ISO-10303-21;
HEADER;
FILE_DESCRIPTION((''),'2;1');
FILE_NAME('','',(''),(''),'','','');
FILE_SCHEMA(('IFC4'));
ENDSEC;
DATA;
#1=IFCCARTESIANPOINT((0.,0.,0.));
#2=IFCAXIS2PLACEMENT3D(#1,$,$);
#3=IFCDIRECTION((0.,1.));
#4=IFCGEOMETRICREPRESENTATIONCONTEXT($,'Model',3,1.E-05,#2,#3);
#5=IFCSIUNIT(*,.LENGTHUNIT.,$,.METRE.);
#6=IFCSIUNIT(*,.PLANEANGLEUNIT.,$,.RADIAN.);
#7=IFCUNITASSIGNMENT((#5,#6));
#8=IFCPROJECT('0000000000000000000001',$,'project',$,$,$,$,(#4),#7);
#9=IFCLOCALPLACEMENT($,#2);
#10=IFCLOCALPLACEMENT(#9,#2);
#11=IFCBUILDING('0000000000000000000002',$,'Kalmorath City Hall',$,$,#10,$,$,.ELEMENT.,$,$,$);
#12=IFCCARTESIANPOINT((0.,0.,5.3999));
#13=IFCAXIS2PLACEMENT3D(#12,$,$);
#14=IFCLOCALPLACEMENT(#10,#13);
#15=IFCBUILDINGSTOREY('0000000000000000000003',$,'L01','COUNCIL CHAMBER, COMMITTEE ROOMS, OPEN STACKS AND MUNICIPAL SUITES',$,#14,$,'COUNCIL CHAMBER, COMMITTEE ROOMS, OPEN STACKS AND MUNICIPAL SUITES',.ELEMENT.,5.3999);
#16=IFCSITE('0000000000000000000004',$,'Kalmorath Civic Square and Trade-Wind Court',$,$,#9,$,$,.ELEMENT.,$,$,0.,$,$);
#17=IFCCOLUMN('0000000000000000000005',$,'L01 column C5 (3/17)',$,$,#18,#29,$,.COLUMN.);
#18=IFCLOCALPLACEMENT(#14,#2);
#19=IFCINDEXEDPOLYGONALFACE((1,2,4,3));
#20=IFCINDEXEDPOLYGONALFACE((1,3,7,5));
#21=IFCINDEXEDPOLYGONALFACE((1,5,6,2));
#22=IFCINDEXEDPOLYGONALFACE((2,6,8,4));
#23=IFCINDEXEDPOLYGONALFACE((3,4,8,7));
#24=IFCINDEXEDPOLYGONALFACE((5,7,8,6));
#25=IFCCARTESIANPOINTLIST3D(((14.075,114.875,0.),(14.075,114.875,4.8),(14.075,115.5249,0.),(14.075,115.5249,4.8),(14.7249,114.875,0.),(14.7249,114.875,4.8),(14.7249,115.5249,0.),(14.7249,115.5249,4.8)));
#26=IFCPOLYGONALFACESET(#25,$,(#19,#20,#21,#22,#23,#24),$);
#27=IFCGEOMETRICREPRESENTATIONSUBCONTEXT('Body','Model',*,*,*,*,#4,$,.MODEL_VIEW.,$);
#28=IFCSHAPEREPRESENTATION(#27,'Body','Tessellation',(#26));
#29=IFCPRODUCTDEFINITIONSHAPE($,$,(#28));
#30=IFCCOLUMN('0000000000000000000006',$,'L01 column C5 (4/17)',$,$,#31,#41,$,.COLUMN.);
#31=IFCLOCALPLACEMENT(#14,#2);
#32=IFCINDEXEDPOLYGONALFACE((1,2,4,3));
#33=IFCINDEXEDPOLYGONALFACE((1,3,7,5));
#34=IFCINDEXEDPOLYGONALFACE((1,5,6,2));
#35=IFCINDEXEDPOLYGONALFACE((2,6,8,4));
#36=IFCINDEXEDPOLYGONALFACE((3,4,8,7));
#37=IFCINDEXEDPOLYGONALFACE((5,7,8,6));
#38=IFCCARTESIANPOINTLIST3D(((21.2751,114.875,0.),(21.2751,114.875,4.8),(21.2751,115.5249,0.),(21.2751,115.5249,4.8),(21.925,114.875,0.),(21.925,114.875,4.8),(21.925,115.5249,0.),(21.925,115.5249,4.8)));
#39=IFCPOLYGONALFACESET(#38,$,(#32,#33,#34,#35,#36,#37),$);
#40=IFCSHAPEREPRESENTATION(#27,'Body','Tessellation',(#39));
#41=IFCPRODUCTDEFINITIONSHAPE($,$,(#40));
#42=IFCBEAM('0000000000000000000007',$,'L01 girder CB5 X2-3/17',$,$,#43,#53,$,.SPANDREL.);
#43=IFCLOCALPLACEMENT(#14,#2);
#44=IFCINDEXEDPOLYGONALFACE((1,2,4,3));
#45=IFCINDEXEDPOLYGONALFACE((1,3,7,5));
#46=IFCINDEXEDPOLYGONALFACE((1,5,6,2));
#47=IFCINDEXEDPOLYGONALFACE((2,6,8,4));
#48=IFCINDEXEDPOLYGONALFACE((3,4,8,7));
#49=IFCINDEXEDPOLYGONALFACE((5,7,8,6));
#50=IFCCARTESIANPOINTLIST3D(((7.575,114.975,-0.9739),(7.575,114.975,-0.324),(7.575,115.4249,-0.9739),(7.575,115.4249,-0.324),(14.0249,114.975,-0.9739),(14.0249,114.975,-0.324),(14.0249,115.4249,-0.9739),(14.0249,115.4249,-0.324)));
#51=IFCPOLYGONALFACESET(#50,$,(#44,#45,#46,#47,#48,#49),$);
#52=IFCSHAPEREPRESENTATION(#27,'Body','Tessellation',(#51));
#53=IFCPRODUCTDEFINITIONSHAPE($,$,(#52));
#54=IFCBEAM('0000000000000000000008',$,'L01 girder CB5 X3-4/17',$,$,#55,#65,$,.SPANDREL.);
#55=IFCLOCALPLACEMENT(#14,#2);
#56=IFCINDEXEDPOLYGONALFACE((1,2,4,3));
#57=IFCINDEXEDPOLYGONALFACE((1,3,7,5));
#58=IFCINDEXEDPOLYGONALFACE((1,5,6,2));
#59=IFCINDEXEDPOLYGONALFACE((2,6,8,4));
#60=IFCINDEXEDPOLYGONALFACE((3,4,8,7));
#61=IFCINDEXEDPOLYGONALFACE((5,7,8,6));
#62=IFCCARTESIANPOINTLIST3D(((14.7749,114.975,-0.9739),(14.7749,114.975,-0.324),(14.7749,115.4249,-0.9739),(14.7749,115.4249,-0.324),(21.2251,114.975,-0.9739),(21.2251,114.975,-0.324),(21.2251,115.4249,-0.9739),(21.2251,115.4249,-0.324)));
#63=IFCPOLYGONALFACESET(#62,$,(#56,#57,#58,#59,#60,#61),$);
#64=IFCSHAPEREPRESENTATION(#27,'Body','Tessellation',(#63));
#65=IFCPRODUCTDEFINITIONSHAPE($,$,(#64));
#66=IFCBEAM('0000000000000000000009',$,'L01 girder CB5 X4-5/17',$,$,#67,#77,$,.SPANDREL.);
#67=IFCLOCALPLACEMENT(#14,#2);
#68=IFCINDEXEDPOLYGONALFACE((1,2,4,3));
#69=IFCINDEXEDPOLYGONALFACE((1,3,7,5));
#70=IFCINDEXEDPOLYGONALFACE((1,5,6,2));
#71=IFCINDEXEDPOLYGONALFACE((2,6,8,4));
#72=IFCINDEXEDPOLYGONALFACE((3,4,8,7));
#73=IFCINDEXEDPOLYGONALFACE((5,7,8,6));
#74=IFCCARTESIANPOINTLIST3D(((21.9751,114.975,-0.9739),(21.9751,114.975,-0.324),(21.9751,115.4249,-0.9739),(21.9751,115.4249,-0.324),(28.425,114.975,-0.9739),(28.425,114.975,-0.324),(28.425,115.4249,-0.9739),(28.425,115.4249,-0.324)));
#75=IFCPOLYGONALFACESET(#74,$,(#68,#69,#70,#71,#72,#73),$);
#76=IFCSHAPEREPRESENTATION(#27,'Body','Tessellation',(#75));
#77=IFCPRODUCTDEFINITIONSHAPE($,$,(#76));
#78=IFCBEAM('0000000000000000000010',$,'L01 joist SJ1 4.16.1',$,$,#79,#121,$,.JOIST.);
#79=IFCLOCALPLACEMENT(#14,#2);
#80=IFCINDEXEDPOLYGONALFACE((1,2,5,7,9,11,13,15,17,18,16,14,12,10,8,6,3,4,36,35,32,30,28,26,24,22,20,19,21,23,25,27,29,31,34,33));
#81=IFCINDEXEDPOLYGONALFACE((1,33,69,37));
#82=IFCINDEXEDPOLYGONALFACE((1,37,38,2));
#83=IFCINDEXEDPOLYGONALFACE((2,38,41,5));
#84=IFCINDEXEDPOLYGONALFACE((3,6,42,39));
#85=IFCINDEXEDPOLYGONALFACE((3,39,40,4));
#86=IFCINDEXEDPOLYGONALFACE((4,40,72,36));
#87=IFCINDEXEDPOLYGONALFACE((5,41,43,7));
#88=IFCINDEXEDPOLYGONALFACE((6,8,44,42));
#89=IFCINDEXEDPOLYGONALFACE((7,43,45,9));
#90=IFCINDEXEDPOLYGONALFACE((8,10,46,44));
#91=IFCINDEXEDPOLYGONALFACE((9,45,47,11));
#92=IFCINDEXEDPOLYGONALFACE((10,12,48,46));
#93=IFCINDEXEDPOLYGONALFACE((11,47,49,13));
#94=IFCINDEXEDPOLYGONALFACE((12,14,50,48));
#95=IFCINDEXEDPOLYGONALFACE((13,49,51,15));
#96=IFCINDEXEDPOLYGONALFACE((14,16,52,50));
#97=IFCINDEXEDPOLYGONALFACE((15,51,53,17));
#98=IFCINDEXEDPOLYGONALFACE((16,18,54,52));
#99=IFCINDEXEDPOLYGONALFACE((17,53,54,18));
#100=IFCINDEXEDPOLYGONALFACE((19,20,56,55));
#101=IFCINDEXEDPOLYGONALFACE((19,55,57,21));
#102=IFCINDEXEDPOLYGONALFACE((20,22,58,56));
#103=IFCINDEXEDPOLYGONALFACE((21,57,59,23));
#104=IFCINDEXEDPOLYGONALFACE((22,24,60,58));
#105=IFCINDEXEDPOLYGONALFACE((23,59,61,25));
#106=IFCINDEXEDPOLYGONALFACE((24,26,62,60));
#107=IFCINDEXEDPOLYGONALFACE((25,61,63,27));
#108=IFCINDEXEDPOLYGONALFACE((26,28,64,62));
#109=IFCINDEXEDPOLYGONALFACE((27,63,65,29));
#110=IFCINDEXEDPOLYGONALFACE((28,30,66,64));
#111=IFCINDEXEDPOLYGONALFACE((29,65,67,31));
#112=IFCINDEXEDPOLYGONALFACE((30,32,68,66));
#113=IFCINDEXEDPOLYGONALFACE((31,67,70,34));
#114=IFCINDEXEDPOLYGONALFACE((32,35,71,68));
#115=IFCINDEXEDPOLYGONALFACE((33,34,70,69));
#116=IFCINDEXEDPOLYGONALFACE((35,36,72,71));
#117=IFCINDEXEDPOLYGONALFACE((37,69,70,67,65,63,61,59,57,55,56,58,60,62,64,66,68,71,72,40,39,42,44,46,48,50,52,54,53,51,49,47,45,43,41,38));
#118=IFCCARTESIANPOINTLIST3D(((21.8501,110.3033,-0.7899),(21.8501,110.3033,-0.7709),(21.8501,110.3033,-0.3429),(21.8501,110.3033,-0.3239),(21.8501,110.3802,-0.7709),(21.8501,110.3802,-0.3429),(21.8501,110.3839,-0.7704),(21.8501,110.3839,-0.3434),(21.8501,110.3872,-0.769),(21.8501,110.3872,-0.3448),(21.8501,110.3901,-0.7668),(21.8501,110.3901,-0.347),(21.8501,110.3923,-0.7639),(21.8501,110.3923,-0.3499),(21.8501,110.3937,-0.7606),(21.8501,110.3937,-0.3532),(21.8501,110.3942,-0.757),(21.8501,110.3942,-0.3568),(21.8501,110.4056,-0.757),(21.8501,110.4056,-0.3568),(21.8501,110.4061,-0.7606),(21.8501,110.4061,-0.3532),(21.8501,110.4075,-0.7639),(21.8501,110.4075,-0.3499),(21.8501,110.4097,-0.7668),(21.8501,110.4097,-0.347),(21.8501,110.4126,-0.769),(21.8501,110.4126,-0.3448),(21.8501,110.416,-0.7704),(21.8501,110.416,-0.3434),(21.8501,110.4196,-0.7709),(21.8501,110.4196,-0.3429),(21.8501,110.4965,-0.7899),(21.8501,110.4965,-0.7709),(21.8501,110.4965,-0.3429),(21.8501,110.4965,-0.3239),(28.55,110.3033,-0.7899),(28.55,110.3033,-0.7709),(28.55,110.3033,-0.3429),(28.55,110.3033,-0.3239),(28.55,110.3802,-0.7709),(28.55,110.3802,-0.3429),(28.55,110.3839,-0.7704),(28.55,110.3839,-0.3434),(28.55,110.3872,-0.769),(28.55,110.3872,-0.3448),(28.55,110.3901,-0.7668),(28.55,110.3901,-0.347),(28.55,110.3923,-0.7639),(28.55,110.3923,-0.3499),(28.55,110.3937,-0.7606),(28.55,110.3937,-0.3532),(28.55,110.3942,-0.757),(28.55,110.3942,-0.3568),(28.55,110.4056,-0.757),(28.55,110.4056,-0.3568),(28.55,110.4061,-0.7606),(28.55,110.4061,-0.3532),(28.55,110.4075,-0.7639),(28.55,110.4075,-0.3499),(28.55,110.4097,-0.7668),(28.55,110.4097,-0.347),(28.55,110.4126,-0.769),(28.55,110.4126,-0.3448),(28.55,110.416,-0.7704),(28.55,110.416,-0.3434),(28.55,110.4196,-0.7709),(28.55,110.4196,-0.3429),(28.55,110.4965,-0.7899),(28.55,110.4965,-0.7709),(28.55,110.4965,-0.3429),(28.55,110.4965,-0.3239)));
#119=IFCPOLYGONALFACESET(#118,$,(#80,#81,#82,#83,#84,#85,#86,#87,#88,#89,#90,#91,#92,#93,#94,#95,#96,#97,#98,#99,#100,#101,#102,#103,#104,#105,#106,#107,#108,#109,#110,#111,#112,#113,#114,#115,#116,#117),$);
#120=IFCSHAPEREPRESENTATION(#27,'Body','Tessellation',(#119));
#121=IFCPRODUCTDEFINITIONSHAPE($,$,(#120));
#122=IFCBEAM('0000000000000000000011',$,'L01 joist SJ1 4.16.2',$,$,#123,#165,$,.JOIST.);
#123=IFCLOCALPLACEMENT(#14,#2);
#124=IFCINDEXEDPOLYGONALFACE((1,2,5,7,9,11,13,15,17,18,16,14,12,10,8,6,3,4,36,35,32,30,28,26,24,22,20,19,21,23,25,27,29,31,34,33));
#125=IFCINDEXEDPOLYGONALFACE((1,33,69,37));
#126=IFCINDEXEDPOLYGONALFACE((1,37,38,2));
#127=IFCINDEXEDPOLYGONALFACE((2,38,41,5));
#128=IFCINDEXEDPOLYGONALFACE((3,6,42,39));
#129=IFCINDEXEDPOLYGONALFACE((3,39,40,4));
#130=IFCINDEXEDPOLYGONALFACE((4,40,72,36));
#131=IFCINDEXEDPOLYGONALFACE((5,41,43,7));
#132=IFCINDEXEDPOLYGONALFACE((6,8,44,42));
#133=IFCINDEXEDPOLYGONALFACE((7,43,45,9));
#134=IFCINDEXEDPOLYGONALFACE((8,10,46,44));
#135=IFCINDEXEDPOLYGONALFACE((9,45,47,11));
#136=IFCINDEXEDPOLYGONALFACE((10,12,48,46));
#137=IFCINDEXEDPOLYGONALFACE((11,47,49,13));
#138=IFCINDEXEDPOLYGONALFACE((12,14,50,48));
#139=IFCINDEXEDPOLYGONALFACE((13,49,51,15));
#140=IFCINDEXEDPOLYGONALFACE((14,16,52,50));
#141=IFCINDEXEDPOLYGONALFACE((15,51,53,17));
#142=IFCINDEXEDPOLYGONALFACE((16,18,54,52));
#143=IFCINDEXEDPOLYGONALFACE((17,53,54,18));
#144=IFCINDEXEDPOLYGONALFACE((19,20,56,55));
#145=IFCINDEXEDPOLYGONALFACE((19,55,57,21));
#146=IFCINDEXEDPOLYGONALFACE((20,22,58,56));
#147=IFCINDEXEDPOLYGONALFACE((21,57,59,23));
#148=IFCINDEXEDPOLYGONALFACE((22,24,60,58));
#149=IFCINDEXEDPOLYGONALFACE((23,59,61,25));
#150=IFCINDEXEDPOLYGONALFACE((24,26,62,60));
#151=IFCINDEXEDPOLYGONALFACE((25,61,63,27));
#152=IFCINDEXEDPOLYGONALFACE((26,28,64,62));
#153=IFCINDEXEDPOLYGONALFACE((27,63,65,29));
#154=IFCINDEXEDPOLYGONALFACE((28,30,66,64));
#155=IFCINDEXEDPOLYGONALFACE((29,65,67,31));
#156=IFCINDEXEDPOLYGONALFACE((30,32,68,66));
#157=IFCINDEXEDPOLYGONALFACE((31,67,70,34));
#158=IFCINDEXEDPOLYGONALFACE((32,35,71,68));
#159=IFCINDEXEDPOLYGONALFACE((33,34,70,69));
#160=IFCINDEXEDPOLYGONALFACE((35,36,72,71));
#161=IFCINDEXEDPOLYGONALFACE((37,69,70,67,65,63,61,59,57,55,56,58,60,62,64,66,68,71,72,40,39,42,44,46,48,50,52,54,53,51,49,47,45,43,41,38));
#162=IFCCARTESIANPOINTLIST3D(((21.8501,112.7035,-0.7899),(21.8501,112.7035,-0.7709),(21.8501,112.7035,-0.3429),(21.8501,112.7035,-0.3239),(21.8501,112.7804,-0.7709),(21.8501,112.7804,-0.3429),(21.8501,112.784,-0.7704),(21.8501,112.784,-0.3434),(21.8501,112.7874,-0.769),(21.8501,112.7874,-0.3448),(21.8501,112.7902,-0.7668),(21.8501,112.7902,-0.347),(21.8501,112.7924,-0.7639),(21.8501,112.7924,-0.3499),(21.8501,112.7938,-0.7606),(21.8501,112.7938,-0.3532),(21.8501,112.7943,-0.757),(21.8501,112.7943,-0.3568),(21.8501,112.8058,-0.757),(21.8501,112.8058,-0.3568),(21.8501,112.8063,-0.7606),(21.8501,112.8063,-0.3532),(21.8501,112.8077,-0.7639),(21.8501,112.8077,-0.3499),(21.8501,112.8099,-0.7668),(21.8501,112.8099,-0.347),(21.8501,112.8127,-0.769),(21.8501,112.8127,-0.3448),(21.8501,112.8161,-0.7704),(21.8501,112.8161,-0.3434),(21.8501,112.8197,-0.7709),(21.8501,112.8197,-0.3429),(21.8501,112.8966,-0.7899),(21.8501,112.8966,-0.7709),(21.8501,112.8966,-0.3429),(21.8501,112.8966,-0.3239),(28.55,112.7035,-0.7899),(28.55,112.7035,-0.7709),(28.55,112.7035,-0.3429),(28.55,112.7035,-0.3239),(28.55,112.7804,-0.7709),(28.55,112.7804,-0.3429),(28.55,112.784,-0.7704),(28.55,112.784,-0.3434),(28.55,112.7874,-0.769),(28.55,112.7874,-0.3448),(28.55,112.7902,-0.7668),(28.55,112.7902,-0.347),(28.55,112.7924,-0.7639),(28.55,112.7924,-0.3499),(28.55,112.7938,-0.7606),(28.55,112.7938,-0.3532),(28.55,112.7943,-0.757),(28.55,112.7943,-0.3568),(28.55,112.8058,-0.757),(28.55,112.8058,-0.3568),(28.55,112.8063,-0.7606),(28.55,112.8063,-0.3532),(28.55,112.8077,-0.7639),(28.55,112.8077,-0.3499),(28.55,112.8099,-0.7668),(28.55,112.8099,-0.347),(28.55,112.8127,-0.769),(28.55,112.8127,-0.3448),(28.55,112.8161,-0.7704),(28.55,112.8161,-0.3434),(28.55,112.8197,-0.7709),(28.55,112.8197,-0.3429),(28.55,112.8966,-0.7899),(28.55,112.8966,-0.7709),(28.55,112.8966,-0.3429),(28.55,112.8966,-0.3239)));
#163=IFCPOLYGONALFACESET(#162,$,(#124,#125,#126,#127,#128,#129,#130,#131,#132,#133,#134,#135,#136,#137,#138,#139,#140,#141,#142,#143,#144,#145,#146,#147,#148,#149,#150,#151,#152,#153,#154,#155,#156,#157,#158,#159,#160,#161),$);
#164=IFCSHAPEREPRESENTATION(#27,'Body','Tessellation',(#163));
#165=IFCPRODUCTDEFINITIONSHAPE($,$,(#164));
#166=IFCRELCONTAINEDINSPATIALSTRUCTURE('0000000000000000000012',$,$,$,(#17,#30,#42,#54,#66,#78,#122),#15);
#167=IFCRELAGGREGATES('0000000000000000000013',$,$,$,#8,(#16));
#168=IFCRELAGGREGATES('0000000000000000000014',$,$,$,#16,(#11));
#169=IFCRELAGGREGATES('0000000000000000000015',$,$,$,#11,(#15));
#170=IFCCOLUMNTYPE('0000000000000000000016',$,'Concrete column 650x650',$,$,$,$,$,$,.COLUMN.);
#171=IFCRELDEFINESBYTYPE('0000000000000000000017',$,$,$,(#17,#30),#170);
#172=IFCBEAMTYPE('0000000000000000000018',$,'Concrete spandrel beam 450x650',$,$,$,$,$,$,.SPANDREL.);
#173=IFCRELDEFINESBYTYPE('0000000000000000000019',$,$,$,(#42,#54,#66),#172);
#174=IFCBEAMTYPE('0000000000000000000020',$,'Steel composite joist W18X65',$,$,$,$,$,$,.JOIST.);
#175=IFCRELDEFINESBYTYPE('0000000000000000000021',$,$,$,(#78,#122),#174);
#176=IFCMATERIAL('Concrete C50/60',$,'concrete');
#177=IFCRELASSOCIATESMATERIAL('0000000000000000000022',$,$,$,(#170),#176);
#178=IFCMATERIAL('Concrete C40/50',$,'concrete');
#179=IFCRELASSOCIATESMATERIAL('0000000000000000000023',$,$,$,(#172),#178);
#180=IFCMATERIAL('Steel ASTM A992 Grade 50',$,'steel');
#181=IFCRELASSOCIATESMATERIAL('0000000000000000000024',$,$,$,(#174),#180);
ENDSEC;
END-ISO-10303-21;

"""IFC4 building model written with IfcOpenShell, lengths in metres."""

from ifc_helpers import new_model, si_unit, direction, frame, origin, origin_2d, place, context, subcontext, project, spatial, rectangle, i_section, extrude, material, material_profile, profile_set, type_object, element, save


model = new_model("IFC4")

# Units and contexts
model_context = context("Model", 3, precision=1e-05, world=origin(), true_north=direction((0.0, 1.0)))
body_context = subcontext(model_context, "Body", "Model", "MODEL_VIEW")
ifc_project = project(units=[si_unit("LENGTHUNIT", "METRE"), si_unit("PLANEANGLEUNIT", "RADIAN")], contexts=[model_context])

# Site, building, storey
site_placement = place(None, origin())
site = spatial("IfcSite", under=ifc_project, at=site_placement, Name="Kalmorath Civic Square and Trade-Wind Court", CompositionType="ELEMENT", RefElevation=0.0)
building_placement = place(site_placement, origin())
building = spatial("IfcBuilding", under=site, at=building_placement, Name="Kalmorath City Hall", CompositionType="ELEMENT")
storey_placement = place(building_placement, frame((0.0, 0.0, 5.3999)))
storey = spatial("IfcBuildingStorey", under=building, at=storey_placement, Name="L01", Description="COUNCIL CHAMBER, COMMITTEE ROOMS, OPEN STACKS AND MUNICIPAL SUITES", LongName="COUNCIL CHAMBER, COMMITTEE ROOMS, OPEN STACKS AND MUNICIPAL SUITES", CompositionType="ELEMENT", Elevation=5.3999)

# Columns
ifc_material_1 = material(Name="Concrete C50/60", Category="concrete")
ifc_material_profile_1 = material_profile(ifc_material_1, rectangle(XDim=0.6499, YDim=0.6499, at=origin_2d()), Name="RC-COL-650X650")
ifc_profile_set_1 = profile_set([ifc_material_profile_1], Name="Concrete C50/60")
column_type = type_object("IfcColumnType", Name="Concrete column 650x650", PredefinedType="COLUMN", material=ifc_profile_set_1)
for number, where, z_axis, x_axis, name in (
    (1, (14.3999, 115.2, 0.0), (0.0, 0.0, 1.0), (1.0, 0.0, 0.0), "L01 column C5 (3/17)"),
    (2, (21.6001, 115.2, 0.0), (0.0, 0.0, 1.0), (1.0, 0.0, 0.0), "L01 column C5 (4/17)"),
):
    element("IfcColumn", number, at=place(storey_placement, frame(where, z_axis=z_axis, x_axis=x_axis)), inside=storey, type_object=column_type, Name=name, PredefinedType="COLUMN", context=body_context, shape_type="SweptSolid", body=[
        extrude(rectangle(XDim=0.6499, YDim=0.6499, at=origin_2d()), origin(), (0.0, 0.0, 1.0), 4.8),
    ])

# Beams
ifc_material_2 = material(Name="Concrete C40/50", Category="concrete")
ifc_material_profile_2 = material_profile(ifc_material_2, rectangle(XDim=0.45, YDim=0.6499, at=origin_2d()), Name="RC-BM-450X650")
ifc_profile_set_2 = profile_set([ifc_material_profile_2], Name="Concrete C40/50")
beam_type_1 = type_object("IfcBeamType", Name="Concrete spandrel beam 450x650", PredefinedType="SPANDREL", material=ifc_profile_set_2)
beam_1_placement = place(storey_placement, frame((7.575, 115.2, -0.6489), z_axis=(1.0, 0.0, 0.0), x_axis=(0.0, 1.0, 0.0)))
element("IfcBeam", 3, at=beam_1_placement, inside=storey, type_object=beam_type_1, Name="L01 girder CB5 X2-3/17", PredefinedType="SPANDREL", context=body_context, shape_type="SweptSolid", body=[
    extrude(rectangle(XDim=0.45, YDim=0.6499, at=origin_2d()), origin(), (0.0, 0.0, 1.0), 6.45),
])
beam_2_placement = place(storey_placement, frame((14.7749, 115.2, -0.6489), z_axis=(1.0, 0.0, 0.0), x_axis=(0.0, 1.0, 0.0)))
element("IfcBeam", 4, at=beam_2_placement, inside=storey, type_object=beam_type_1, Name="L01 girder CB5 X3-4/17", PredefinedType="SPANDREL", context=body_context, shape_type="SweptSolid", body=[
    extrude(rectangle(XDim=0.45, YDim=0.6499, at=origin_2d()), origin(), (0.0, 0.0, 1.0), 6.4502),
])
beam_3_placement = place(storey_placement, frame((21.9751, 115.2, -0.6489), z_axis=(1.0, 0.0, 0.0), x_axis=(0.0, 1.0, 0.0)))
element("IfcBeam", 5, at=beam_3_placement, inside=storey, type_object=beam_type_1, Name="L01 girder CB5 X4-5/17", PredefinedType="SPANDREL", context=body_context, shape_type="SweptSolid", body=[
    extrude(rectangle(XDim=0.45, YDim=0.6499, at=origin_2d()), origin(), (0.0, 0.0, 1.0), 6.45),
])
ifc_material_3 = material(Name="Steel ASTM A992 Grade 50", Category="steel")
ifc_material_profile_3 = material_profile(ifc_material_3, i_section(OverallWidth=0.1931, OverallDepth=0.4661, WebThickness=0.0115, FlangeThickness=0.019, FilletRadius=0.0139, at=origin_2d()), Name="W18X65")
ifc_profile_set_3 = profile_set([ifc_material_profile_3], Name="Steel ASTM A992 Grade 50")
beam_type_2 = type_object("IfcBeamType", Name="Steel composite joist W18X65", PredefinedType="JOIST", material=ifc_profile_set_3)
for number, where, z_axis, x_axis, name in (
    (6, (21.8501, 110.3999, -0.5569), (1.0, 0.0, 0.0), (0.0, 1.0, 0.0), "L01 joist SJ1 4.16.1"),
    (7, (21.8501, 112.8, -0.5569), (1.0, 0.0, 0.0), (0.0, 1.0, 0.0), "L01 joist SJ1 4.16.2"),
):
    element("IfcBeam", number, at=place(storey_placement, frame(where, z_axis=z_axis, x_axis=x_axis)), inside=storey, type_object=beam_type_2, Name=name, PredefinedType="JOIST", context=body_context, shape_type="SweptSolid", body=[
        extrude(i_section(OverallWidth=0.1931, OverallDepth=0.4661, WebThickness=0.0115, FlangeThickness=0.019, FilletRadius=0.0139, at=origin_2d()), origin(), (0.0, 0.0, 1.0), 6.7),
    ])

save(model, "model.ifc")
